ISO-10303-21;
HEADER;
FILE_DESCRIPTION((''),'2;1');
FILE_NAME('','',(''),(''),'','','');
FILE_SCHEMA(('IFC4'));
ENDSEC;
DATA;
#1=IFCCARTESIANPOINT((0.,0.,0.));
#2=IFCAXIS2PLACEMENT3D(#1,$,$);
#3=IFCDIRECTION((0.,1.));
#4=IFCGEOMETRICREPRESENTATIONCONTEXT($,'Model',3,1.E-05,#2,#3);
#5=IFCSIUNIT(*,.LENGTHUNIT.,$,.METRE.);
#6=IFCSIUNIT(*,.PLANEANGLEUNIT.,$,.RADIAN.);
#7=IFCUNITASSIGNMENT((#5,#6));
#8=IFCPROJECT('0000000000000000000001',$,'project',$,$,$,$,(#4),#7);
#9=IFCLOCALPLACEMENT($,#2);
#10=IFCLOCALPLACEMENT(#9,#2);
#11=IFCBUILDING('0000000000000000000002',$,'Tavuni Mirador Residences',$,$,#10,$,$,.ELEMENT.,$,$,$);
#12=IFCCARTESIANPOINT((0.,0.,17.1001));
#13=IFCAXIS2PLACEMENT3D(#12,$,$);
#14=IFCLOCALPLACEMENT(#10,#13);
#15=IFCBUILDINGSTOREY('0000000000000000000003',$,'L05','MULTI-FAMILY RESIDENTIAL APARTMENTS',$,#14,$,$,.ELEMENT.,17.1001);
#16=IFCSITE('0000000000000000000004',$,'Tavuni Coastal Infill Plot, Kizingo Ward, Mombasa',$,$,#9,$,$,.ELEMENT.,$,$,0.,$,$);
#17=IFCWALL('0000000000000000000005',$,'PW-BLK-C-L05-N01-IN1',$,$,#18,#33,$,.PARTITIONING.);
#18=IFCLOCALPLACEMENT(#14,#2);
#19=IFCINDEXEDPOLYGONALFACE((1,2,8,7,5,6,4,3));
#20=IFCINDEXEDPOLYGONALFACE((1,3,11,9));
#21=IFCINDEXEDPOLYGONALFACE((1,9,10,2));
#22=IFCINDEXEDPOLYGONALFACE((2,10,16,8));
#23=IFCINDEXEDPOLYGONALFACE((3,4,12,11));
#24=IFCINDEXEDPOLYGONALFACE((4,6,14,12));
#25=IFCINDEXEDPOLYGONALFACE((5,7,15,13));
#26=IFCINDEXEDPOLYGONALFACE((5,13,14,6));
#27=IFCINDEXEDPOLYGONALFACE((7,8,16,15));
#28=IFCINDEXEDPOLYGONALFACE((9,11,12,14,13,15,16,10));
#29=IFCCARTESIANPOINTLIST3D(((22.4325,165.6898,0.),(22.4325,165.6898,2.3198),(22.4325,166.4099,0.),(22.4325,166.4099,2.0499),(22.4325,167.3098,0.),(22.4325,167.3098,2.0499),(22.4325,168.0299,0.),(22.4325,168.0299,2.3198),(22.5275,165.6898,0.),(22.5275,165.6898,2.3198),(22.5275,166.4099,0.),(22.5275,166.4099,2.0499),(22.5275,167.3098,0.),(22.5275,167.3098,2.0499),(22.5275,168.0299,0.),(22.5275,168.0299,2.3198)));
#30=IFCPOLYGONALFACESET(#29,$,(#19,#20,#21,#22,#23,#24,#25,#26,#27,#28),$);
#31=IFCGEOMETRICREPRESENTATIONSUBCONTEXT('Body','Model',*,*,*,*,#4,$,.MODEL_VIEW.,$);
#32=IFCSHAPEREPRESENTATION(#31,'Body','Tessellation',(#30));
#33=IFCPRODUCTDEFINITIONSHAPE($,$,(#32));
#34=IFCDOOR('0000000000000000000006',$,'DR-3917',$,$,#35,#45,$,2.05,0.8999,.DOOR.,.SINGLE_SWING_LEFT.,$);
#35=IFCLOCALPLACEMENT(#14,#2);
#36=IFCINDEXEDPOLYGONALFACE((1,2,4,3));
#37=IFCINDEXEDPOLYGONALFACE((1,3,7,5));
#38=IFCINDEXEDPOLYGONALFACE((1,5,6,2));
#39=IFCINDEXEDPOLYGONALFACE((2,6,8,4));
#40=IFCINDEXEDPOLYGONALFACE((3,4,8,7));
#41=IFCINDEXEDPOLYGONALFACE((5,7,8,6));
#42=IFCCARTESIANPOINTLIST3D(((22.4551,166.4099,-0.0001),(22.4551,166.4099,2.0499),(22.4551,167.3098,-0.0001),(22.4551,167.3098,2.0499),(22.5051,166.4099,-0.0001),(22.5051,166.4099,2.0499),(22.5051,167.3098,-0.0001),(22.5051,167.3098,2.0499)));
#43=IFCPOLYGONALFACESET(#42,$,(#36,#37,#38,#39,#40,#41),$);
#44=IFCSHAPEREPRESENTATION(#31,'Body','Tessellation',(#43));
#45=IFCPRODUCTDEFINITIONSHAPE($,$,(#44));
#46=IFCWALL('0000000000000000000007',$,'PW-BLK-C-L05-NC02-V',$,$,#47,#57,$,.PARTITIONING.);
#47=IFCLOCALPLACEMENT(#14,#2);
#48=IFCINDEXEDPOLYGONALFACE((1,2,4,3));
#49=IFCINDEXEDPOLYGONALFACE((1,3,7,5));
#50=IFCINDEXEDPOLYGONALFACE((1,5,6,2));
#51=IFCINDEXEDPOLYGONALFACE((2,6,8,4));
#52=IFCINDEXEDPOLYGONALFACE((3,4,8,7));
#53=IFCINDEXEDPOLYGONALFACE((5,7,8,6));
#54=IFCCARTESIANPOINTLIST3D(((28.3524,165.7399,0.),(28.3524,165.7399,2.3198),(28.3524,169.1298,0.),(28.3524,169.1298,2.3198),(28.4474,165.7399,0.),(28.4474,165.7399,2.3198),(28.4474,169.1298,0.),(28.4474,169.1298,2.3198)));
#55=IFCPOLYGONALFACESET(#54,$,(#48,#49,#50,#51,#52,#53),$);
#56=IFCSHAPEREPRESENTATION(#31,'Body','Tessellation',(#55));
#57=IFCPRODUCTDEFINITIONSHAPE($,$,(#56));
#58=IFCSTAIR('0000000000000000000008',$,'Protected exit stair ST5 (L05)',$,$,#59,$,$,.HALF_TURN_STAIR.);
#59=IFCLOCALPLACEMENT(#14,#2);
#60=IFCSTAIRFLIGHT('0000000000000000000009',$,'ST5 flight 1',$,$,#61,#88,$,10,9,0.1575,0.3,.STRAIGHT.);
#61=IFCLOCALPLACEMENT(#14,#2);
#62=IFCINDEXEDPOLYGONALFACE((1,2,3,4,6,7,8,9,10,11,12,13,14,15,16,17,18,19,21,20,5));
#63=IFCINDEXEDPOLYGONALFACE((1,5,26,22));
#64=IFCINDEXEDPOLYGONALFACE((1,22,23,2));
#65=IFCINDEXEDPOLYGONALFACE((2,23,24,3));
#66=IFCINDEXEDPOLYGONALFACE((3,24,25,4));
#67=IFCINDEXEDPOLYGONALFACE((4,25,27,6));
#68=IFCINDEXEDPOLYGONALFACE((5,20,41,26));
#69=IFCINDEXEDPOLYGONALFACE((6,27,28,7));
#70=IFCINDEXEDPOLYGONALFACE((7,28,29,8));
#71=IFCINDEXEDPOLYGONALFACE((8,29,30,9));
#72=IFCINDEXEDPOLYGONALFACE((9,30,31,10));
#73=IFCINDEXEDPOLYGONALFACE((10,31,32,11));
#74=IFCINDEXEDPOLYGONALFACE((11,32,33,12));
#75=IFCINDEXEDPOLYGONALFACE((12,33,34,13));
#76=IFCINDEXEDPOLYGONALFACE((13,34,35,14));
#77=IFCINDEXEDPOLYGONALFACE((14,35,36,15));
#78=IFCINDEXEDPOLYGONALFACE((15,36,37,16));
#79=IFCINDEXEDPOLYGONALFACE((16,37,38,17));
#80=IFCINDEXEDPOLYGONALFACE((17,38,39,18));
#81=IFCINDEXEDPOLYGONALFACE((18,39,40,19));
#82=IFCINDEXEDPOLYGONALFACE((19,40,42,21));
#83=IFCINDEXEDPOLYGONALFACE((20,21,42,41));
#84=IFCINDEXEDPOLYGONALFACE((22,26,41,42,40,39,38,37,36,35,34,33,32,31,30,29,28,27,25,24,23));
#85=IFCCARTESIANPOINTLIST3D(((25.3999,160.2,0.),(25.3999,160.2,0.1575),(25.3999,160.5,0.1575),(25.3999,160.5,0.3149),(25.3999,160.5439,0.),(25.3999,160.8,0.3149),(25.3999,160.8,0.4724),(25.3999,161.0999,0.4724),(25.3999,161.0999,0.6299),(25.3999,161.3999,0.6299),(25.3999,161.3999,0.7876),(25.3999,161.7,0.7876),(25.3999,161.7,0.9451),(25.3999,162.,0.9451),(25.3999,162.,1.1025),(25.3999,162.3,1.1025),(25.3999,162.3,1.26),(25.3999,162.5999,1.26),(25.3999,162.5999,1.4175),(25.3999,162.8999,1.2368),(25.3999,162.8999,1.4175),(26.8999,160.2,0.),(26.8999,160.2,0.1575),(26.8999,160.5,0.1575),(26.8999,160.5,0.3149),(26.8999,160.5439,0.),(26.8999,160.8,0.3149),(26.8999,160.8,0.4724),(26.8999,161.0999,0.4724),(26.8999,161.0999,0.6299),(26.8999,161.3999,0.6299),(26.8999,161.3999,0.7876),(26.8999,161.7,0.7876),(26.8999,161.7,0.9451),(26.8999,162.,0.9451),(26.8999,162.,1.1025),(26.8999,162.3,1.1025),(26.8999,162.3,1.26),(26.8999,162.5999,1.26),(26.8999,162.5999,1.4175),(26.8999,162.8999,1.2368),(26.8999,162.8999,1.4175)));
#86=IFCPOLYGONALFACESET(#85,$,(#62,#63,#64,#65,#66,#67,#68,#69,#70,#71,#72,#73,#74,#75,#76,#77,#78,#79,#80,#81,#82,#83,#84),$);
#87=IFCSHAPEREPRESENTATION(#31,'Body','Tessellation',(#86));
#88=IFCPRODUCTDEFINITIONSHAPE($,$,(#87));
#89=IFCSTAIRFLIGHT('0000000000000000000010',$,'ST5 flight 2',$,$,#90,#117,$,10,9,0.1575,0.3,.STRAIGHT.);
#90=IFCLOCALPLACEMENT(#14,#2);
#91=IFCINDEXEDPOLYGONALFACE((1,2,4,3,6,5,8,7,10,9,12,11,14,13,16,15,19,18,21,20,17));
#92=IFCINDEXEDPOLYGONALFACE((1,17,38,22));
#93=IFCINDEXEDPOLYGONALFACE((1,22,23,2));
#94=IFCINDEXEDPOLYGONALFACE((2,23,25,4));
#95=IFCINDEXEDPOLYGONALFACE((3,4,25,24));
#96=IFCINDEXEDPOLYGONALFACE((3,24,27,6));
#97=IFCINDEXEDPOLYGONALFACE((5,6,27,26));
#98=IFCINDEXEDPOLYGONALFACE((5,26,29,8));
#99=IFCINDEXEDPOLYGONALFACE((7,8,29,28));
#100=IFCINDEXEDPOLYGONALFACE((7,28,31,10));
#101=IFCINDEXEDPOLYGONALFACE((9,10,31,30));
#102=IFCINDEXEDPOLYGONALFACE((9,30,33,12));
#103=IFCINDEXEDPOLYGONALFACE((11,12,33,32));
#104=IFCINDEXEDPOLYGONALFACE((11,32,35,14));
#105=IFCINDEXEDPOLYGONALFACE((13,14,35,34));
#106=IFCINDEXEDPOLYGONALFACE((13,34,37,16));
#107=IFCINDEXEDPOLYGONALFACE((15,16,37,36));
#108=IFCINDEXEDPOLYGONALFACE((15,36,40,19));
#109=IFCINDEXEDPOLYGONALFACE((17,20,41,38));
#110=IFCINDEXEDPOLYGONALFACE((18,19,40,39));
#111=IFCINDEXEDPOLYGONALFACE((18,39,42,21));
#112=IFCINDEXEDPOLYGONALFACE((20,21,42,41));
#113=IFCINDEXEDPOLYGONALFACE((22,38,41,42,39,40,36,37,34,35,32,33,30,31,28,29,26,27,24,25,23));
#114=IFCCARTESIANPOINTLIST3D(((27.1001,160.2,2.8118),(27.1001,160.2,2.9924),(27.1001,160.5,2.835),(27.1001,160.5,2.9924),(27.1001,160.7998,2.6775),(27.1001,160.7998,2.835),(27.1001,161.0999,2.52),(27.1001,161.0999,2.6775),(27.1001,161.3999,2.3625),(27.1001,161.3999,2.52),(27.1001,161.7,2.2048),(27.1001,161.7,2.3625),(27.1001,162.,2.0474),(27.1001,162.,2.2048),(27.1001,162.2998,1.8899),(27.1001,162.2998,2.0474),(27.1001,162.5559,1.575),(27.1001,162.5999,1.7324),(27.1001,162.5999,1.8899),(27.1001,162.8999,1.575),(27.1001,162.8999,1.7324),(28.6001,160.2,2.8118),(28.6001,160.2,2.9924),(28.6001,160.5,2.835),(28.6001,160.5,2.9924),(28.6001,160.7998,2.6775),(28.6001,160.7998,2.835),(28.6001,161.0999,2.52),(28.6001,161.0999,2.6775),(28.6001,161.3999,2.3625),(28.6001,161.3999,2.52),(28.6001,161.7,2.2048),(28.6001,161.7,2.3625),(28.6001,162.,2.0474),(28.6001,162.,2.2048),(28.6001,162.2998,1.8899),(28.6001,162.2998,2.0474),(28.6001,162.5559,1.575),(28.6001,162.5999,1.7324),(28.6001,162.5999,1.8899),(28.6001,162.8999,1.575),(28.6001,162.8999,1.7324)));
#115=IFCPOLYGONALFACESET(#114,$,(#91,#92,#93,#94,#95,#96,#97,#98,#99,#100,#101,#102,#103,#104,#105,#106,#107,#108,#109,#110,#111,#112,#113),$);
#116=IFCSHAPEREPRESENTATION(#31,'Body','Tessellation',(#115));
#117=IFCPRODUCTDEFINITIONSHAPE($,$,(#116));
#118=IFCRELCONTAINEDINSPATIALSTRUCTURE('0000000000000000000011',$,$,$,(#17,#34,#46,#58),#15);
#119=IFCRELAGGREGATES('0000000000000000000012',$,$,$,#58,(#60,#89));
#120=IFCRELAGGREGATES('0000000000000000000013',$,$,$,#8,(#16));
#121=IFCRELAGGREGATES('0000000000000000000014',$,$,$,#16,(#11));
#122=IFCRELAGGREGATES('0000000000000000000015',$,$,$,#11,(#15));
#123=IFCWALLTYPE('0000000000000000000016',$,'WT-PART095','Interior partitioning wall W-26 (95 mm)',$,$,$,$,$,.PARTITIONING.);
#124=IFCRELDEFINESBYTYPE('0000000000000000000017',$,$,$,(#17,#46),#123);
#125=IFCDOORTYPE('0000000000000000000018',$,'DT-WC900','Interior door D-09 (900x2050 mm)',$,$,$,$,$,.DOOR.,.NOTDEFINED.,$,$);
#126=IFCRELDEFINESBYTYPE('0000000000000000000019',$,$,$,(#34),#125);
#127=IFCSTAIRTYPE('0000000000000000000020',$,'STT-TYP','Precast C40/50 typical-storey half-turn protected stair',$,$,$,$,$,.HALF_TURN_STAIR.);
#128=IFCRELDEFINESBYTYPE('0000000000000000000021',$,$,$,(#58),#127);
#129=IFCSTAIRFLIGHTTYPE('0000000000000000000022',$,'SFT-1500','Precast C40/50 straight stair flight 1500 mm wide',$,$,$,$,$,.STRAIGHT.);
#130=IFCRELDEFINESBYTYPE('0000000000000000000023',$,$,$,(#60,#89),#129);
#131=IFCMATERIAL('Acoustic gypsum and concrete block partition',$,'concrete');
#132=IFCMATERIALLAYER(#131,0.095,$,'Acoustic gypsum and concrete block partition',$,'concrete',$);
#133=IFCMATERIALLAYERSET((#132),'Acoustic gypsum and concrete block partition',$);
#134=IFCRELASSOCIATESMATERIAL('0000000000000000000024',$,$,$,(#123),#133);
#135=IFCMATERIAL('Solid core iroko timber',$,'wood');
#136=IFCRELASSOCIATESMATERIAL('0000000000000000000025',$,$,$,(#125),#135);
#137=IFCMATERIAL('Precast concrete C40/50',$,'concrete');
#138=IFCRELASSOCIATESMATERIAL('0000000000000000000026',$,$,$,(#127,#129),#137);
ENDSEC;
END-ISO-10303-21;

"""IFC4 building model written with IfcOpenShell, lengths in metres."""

from ifc_helpers import new_model, si_unit, direction, frame, frame_2d, origin, place, context, subcontext, project, spatial, polyline, rectangle, outline, extrude, material, layer, layer_set, type_object, element, fill, aggregate, save


model = new_model("IFC4")

# Units and contexts
model_context = context("Model", 3, precision=1e-05, world=origin(), true_north=direction((0.0, 1.0)))
body_context = subcontext(model_context, "Body", "Model", "MODEL_VIEW")
ifc_project = project(units=[si_unit("LENGTHUNIT", "METRE"), si_unit("PLANEANGLEUNIT", "RADIAN")], contexts=[model_context])

# Site, building, storey
site_placement = place(None, origin())
site = spatial("IfcSite", under=ifc_project, at=site_placement, Name="Tavuni Coastal Infill Plot, Kizingo Ward, Mombasa", CompositionType="ELEMENT", RefElevation=0.0)
building_placement = place(site_placement, origin())
building = spatial("IfcBuilding", under=site, at=building_placement, Name="Tavuni Mirador Residences", CompositionType="ELEMENT")
storey_placement = place(building_placement, frame((0.0, 0.0, 17.1001)))
storey = spatial("IfcBuildingStorey", under=building, at=storey_placement, Name="L05", Description="MULTI-FAMILY RESIDENTIAL APARTMENTS", CompositionType="ELEMENT", Elevation=17.1001)

# Shared definitions
ifc_material_1 = material(Name="Precast concrete C40/50", Category="concrete")

# Shared definitions
ifc_material_2 = material(Name="Solid core iroko timber", Category="wood")

# Wall, opening, door
ifc_material_3 = material(Name="Acoustic gypsum and concrete block partition", Category="concrete")
ifc_layer_1 = layer(ifc_material_3, 0.095, Name="Acoustic gypsum and concrete block partition", Category="concrete")
ifc_layer_set_1 = layer_set([ifc_layer_1], Name="Acoustic gypsum and concrete block partition")
wall_type_1 = type_object("IfcWallType", Name="WT-PART095", Description="Interior partitioning wall W-26 (95 mm)", PredefinedType="PARTITIONING", material=ifc_layer_set_1)
wall_1_placement = place(storey_placement, frame((22.48, 165.6899, 0.0), z_axis=(0.0, 0.0, 1.0), x_axis=(0.0, 1.0, 0.0)))
wall_1 = element("IfcWall", 1, at=wall_1_placement, inside=storey, type_object=wall_type_1, Name="PW-BLK-C-L05-N01-IN1", PredefinedType="PARTITIONING", context=body_context, shape_type="SweptSolid", body=[
    extrude(rectangle(XDim=2.3401, YDim=0.095, at=frame_2d((1.1699, 0.0))), origin(), (0.0, 0.0, 1.0), 2.3198),
])
opening_1_placement = place(wall_1_placement, frame((0.72, 0.0, 0.0)))
opening_1 = element("IfcOpeningElement", 2, at=opening_1_placement, cuts=wall_1, PredefinedType="OPENING", context=body_context, shape_type="SweptSolid", body=[
    extrude(rectangle(XDim=0.8999, YDim=2.05, at=frame_2d((0.45, 1.0249))), frame((0.0, 0.0576, 0.0), z_axis=(0.0, -1.0, 0.0), x_axis=(1.0, 0.0, 0.0)), (0.0, 0.0, 1.0), 0.115),
])
door_type_1 = type_object("IfcDoorType", Name="DT-WC900", Description="Interior door D-09 (900x2050 mm)", OperationType="NOTDEFINED", PredefinedType="DOOR", material=ifc_material_2)
door_1_placement = place(opening_1_placement, origin())
door_1 = element("IfcDoor", 3, at=door_1_placement, inside=storey, type_object=door_type_1, Name="DR-3917", OperationType="SINGLE_SWING_LEFT", OverallHeight=2.05, OverallWidth=0.8999, PredefinedType="DOOR", context=body_context, shape_type="SweptSolid", body=[
    extrude(rectangle(XDim=0.8999, YDim=2.05, at=frame_2d((0.45, 1.0249))), frame((0.0, 0.0249, 0.0), z_axis=(0.0, -1.0, 0.0), x_axis=(1.0, 0.0, 0.0)), (0.0, 0.0, 1.0), 0.05),
])
fill(opening_1, door_1)

# Wall
wall_2_placement = place(storey_placement, frame((28.3999, 165.74, 0.0), z_axis=(0.0, 0.0, 1.0), x_axis=(0.0, 1.0, 0.0)))
element("IfcWall", 4, at=wall_2_placement, inside=storey, type_object=wall_type_1, Name="PW-BLK-C-L05-NC02-V", PredefinedType="PARTITIONING", context=body_context, shape_type="SweptSolid", body=[
    extrude(rectangle(XDim=3.3899, YDim=0.095, at=frame_2d((1.6948, 0.0))), origin(), (0.0, 0.0, 1.0), 2.3198),
])

# Stair, stair flights
stair_type = type_object("IfcStairType", Name="STT-TYP", Description="Precast C40/50 typical-storey half-turn protected stair", PredefinedType="HALF_TURN_STAIR", material=ifc_material_1)
stair_placement = place(storey_placement, origin())
stair = element("IfcStair", 5, at=stair_placement, inside=storey, type_object=stair_type, Name="Protected exit stair ST5 (L05)", PredefinedType="HALF_TURN_STAIR")
stair_flight_type = type_object("IfcStairFlightType", Name="SFT-1500", Description="Precast C40/50 straight stair flight 1500 mm wide", PredefinedType="STRAIGHT", material=ifc_material_1)
stair_flight_1_placement = place(storey_placement, frame((26.1499, 160.2, 0.0), z_axis=(0.0, 0.0, 1.0), x_axis=(0.0, 1.0, 0.0)))
stair_flight_1 = element("IfcStairFlight", 6, at=stair_flight_1_placement, type_object=stair_flight_type, Name="ST5 flight 1", NumberOfRisers=10, NumberOfTreads=9, PredefinedType="STRAIGHT", RiserHeight=0.1575, TreadLength=0.3, context=body_context, shape_type="SweptSolid", body=[
    extrude(outline(polyline([(0.0, 0.0), (0.0, 0.1575), (0.3, 0.1575), (0.3, 0.3149), (0.6001, 0.3149), (0.6001, 0.4724), (0.8999, 0.4724), (0.8999, 0.6299), (1.2, 0.6299), (1.2, 0.7876), (1.5, 0.7876), (1.5, 0.9451), (1.8, 0.9451), (1.8, 1.1025), (2.1001, 1.1025), (2.1001, 1.26), (2.3999, 1.26), (2.3999, 1.4175), (2.7, 1.4175), (2.7, 1.575), (2.7, 1.2368), (0.344, 0.0), (0.0, 0.0)])), frame((0.0, 0.75, 0.0), z_axis=(0.0, -1.0, 0.0), x_axis=(1.0, 0.0, 0.0)), (0.0, 0.0, 1.0), 1.5),
])
stair_flight_2_placement = place(storey_placement, frame((27.8501, 162.8999, 1.575), z_axis=(0.0, 0.0, 1.0), x_axis=(0.0, -1.0, 0.0)))
stair_flight_2 = element("IfcStairFlight", 7, at=stair_flight_2_placement, type_object=stair_flight_type, Name="ST5 flight 2", NumberOfRisers=10, NumberOfTreads=9, PredefinedType="STRAIGHT", RiserHeight=0.1575, TreadLength=0.3, context=body_context, shape_type="SweptSolid", body=[
    extrude(outline(polyline([(0.0, 0.0), (0.0, 0.1575), (0.3, 0.1575), (0.3, 0.3149), (0.6001, 0.3149), (0.6001, 0.4724), (0.8999, 0.4724), (0.8999, 0.6299), (1.2, 0.6299), (1.2, 0.7876), (1.5, 0.7876), (1.5, 0.9451), (1.8, 0.9451), (1.8, 1.1025), (2.1001, 1.1025), (2.1001, 1.26), (2.3999, 1.26), (2.3999, 1.4175), (2.7, 1.4175), (2.7, 1.575), (2.7, 1.2368), (0.344, 0.0), (0.0, 0.0)])), frame((0.0, 0.75, 0.0), z_axis=(0.0, -1.0, 0.0), x_axis=(1.0, 0.0, 0.0)), (0.0, 0.0, 1.0), 1.5),
])
aggregate(stair, [stair_flight_1, stair_flight_2])

save(model, "model.ifc")
